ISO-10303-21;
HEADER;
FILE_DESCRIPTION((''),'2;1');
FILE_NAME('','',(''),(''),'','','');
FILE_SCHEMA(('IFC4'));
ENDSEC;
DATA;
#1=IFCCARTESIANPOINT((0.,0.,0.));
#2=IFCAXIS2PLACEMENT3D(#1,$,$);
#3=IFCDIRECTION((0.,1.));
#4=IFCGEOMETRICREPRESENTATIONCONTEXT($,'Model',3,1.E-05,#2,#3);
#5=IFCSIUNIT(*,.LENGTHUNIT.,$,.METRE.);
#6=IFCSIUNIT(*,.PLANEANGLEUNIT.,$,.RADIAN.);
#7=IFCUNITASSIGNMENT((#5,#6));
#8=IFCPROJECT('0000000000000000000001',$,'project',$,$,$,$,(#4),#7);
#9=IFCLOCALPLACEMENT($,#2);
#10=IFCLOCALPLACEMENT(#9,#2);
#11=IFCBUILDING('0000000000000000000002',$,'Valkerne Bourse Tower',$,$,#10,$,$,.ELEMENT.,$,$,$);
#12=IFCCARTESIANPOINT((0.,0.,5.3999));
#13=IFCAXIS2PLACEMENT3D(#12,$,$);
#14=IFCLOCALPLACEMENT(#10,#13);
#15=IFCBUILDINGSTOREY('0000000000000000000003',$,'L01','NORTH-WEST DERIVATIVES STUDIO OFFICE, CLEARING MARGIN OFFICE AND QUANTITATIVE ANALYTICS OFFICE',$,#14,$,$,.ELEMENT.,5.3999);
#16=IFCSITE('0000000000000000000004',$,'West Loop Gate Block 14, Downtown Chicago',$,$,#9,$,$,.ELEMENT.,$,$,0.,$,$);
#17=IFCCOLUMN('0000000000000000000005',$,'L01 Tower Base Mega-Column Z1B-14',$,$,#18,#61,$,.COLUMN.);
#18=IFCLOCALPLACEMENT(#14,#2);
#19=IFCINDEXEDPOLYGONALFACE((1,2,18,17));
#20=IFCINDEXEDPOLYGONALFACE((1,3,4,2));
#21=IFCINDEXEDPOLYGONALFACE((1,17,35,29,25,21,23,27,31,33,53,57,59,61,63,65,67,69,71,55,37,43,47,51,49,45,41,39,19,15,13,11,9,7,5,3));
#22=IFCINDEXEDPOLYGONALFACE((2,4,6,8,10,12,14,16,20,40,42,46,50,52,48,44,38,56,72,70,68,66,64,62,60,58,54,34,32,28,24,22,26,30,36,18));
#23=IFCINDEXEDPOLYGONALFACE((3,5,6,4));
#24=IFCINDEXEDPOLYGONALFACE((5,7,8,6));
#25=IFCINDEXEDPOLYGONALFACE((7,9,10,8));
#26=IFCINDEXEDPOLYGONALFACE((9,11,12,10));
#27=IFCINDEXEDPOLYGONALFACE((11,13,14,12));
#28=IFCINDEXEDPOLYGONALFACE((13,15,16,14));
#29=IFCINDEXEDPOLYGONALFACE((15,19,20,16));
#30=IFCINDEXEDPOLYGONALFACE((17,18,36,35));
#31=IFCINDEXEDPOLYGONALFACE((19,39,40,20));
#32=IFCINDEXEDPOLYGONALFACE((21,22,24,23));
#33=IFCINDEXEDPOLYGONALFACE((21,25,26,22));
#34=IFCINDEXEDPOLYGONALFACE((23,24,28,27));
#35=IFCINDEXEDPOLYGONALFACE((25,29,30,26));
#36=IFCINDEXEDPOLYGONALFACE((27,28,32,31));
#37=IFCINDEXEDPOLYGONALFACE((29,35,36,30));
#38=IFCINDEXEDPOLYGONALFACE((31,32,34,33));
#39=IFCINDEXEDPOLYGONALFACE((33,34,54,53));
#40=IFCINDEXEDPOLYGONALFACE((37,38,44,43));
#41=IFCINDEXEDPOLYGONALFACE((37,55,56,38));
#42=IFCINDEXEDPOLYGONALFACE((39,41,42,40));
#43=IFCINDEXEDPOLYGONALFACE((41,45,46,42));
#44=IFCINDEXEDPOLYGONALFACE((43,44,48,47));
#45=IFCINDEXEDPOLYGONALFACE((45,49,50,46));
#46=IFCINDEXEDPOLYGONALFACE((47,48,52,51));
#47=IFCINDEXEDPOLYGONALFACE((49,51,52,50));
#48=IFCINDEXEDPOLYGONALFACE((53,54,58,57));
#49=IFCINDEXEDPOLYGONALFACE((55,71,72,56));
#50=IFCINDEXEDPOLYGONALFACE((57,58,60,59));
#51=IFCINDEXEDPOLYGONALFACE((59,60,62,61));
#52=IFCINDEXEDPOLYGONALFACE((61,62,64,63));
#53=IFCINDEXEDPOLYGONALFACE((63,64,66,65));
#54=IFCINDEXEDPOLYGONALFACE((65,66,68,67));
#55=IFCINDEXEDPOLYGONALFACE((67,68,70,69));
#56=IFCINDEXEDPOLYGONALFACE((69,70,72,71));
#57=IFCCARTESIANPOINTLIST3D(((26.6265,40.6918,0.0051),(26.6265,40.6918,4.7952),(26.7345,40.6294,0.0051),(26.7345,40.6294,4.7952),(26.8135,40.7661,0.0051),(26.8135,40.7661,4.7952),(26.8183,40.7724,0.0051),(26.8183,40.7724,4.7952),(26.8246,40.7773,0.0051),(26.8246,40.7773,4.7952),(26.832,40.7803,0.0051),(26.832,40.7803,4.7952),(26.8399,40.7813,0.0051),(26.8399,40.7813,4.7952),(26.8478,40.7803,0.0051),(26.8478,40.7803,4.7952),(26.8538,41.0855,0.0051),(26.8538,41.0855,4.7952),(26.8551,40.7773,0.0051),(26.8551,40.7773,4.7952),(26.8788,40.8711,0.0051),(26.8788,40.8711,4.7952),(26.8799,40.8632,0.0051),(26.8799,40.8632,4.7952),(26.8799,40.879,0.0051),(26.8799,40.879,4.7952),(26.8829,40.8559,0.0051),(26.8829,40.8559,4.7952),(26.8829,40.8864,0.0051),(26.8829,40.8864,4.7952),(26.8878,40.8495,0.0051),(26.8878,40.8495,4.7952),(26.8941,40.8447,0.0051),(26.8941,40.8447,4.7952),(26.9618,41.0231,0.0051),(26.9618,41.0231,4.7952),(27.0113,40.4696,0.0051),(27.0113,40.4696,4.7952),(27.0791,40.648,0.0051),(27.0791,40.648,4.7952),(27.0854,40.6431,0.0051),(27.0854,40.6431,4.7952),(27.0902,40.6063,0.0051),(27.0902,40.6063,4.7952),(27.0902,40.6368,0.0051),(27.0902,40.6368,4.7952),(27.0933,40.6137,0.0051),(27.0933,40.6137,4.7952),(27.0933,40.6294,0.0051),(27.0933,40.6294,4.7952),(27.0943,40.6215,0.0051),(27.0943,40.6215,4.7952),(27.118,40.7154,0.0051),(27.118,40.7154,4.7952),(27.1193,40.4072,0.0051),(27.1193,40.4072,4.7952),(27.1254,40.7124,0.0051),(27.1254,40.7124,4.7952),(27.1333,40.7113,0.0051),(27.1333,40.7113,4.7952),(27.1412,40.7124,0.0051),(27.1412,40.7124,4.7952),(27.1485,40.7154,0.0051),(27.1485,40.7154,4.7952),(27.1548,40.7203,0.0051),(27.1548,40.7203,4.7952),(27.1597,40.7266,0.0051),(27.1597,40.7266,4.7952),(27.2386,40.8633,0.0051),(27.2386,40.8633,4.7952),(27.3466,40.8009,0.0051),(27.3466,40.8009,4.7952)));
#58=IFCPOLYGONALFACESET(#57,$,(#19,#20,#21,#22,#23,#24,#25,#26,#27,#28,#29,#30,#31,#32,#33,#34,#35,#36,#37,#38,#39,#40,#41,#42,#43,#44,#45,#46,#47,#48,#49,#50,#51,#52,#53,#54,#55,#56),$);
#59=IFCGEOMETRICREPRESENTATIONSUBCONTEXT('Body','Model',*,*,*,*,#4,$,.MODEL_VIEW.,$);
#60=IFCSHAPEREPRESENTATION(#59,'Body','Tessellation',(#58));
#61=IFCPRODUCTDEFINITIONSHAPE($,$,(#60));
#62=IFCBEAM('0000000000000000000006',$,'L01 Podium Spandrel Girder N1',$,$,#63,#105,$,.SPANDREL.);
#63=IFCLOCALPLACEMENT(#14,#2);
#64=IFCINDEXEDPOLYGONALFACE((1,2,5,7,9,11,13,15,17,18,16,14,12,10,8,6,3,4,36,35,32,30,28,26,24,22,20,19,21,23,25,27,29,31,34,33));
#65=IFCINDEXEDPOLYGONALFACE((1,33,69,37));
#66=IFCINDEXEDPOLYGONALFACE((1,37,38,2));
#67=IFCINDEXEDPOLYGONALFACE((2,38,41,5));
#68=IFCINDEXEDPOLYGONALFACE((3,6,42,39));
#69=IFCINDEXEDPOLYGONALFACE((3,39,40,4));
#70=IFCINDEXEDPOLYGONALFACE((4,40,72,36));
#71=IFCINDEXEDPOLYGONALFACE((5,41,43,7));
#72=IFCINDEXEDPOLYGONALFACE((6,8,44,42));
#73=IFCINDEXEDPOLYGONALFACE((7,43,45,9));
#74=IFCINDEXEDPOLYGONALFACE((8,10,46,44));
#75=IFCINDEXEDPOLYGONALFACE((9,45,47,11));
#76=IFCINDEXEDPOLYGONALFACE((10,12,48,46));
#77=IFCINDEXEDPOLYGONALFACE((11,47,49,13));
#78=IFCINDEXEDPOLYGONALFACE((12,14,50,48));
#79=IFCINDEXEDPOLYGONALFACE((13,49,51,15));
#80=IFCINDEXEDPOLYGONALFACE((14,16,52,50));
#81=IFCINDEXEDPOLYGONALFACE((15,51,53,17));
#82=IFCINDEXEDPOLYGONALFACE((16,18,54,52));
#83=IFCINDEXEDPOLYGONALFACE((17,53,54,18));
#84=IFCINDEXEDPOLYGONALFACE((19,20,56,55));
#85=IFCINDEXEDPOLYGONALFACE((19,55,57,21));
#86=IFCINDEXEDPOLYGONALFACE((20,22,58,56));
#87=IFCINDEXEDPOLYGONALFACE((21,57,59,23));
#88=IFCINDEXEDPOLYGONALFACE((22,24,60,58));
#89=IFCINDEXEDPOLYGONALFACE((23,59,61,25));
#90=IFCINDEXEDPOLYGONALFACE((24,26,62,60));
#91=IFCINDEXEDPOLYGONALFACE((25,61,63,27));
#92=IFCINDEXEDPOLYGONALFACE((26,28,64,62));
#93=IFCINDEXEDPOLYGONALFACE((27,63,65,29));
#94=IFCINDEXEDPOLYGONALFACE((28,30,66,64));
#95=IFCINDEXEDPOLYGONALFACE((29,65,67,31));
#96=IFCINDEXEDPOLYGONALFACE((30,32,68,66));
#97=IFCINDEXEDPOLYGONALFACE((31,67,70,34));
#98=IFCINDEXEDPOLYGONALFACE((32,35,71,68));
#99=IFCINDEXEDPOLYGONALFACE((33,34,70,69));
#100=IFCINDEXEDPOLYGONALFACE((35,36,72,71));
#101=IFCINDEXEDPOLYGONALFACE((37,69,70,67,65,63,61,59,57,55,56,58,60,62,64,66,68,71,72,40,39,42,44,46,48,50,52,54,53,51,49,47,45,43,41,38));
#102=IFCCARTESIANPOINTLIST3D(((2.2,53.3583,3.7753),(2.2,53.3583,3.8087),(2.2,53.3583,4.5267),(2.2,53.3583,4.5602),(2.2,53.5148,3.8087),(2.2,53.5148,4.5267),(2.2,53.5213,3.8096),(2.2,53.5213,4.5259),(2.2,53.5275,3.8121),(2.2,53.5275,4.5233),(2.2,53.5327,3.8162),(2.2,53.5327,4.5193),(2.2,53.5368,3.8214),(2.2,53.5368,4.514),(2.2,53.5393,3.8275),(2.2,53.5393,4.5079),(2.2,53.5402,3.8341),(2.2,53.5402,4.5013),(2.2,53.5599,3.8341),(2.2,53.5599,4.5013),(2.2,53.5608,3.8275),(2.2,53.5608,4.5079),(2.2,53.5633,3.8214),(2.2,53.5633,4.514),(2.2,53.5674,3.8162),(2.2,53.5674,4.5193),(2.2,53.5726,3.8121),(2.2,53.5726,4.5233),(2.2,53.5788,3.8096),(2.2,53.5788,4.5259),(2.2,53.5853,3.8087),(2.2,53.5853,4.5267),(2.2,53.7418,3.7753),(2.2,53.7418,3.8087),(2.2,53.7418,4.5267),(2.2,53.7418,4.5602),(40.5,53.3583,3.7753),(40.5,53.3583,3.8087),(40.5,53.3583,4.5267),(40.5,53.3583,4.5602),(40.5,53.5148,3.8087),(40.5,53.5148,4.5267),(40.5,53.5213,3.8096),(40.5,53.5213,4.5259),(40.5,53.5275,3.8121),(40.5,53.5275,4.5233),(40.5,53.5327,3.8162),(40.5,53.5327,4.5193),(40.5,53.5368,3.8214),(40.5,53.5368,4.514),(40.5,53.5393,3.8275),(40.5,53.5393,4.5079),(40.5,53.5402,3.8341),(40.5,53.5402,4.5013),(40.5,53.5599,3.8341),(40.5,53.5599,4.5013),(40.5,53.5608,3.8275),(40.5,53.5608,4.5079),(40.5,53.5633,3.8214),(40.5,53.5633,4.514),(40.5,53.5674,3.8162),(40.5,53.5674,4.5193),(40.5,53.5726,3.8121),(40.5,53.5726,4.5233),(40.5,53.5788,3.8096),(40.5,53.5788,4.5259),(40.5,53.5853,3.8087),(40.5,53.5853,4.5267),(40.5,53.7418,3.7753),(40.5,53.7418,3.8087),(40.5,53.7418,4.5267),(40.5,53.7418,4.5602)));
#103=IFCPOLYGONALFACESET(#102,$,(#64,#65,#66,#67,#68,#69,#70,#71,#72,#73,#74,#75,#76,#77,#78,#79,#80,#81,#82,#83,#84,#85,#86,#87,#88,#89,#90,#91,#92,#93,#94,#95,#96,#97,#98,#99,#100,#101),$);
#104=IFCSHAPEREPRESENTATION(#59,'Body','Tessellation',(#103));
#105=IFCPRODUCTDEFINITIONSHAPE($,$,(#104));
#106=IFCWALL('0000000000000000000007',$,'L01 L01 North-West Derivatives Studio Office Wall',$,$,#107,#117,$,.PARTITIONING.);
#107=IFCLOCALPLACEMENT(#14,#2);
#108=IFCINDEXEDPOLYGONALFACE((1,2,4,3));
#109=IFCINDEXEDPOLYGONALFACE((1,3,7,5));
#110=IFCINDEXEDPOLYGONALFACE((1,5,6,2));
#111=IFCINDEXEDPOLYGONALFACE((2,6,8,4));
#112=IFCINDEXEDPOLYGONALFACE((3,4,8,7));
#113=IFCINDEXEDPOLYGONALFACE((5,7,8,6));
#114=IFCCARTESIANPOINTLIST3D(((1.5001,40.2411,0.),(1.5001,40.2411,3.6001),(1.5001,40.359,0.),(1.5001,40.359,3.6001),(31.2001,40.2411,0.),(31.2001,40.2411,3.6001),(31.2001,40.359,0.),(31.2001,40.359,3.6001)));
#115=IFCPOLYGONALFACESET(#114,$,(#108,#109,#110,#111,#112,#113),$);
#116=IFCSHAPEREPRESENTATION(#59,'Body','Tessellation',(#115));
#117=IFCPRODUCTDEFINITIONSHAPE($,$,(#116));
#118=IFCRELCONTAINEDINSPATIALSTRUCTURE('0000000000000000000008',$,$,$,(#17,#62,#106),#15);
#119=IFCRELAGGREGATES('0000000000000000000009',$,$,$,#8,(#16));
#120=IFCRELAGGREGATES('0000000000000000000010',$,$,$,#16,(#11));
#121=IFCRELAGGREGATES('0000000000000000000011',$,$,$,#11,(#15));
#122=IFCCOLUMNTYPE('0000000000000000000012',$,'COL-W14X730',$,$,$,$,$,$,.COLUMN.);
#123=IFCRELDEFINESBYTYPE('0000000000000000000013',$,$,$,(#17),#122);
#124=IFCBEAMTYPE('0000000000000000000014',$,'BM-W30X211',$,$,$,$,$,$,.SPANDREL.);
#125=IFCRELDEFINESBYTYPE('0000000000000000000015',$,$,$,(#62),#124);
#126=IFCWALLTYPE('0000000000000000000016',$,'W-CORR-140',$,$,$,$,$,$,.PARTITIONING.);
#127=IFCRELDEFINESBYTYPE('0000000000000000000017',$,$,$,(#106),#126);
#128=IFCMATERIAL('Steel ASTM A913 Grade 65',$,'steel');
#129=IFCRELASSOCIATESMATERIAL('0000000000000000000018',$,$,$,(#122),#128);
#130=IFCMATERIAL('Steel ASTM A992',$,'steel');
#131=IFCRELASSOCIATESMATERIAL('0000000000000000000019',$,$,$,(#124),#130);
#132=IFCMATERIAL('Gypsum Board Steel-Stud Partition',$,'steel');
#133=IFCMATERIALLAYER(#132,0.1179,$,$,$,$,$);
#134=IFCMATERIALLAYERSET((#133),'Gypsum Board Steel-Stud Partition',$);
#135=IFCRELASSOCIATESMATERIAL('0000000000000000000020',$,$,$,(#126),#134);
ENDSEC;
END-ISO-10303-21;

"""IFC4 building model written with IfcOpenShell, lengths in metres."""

from ifc_helpers import new_model, si_unit, direction, frame, frame_2d, origin, origin_2d, place, context, subcontext, project, spatial, rectangle, i_section, extrude, material, layer, layer_set, material_profile, profile_set, type_object, element, save


model = new_model("IFC4")

# Units and contexts
model_context = context("Model", 3, precision=1e-05, world=origin(), true_north=direction((0.0, 1.0)))
body_context = subcontext(model_context, "Body", "Model", "MODEL_VIEW")
ifc_project = project(units=[si_unit("LENGTHUNIT", "METRE"), si_unit("PLANEANGLEUNIT", "RADIAN")], contexts=[model_context])

# Site, building, storey
site_placement = place(None, origin())
site = spatial("IfcSite", under=ifc_project, at=site_placement, Name="West Loop Gate Block 14, Downtown Chicago", CompositionType="ELEMENT", RefElevation=0.0)
building_placement = place(site_placement, origin())
building = spatial("IfcBuilding", under=site, at=building_placement, Name="Valkerne Bourse Tower", CompositionType="ELEMENT")
storey_placement = place(building_placement, frame((0.0, 0.0, 5.3999)))
storey = spatial("IfcBuildingStorey", under=building, at=storey_placement, Name="L01", Description="NORTH-WEST DERIVATIVES STUDIO OFFICE, CLEARING MARGIN OFFICE AND QUANTITATIVE ANALYTICS OFFICE", CompositionType="ELEMENT", Elevation=5.3999)

# Column
ifc_material_1 = material(Name="Steel ASTM A913 Grade 65", Category="steel")
ifc_material_profile_1 = material_profile(ifc_material_1, i_section(OverallWidth=0.4546, OverallDepth=0.5691, WebThickness=0.0779, FlangeThickness=0.1248, FilletRadius=0.0305, at=origin_2d()), Name="W14X730")
ifc_profile_set_1 = profile_set([ifc_material_profile_1], Name="Steel ASTM A913 Grade 65")
column_type_1 = type_object("IfcColumnType", Name="COL-W14X730", PredefinedType="COLUMN", material=ifc_profile_set_1)
for number, where, z_axis, x_axis, name in (
    (1, (26.9866, 40.7463, 0.0051), (0.0, 0.0, 1.0), (-0.5, -0.866025, 0.0), "L01 Tower Base Mega-Column Z1B-14"),
):
    element("IfcColumn", number, at=place(storey_placement, frame(where, z_axis=z_axis, x_axis=x_axis)), inside=storey, type_object=column_type_1, Name=name, PredefinedType="COLUMN", context=body_context, shape_type="SweptSolid", body=[
        extrude(i_section(OverallWidth=0.4546, OverallDepth=0.5691, WebThickness=0.0779, FlangeThickness=0.1248, FilletRadius=0.0305, at=origin_2d()), origin(), (0.0, 0.0, 1.0), 4.79),
    ])

# Beam
ifc_material_2 = material(Name="Steel ASTM A992", Category="steel")
ifc_material_profile_2 = material_profile(ifc_material_2, i_section(OverallWidth=0.3835, OverallDepth=0.7849, WebThickness=0.0198, FlangeThickness=0.0334, FilletRadius=0.0254, at=origin_2d()), Name="W30X211")
ifc_profile_set_2 = profile_set([ifc_material_profile_2], Name="Steel ASTM A992")
beam_type = type_object("IfcBeamType", Name="BM-W30X211", PredefinedType="SPANDREL", material=ifc_profile_set_2)
beam_placement = place(storey_placement, frame((2.2, 53.55, 4.1677), z_axis=(1.0, 0.0, 0.0), x_axis=(0.0, 1.0, 0.0)))
element("IfcBeam", 2, at=beam_placement, inside=storey, type_object=beam_type, Name="L01 Podium Spandrel Girder N1", PredefinedType="SPANDREL", context=body_context, shape_type="SweptSolid", body=[
    extrude(i_section(OverallWidth=0.3835, OverallDepth=0.7849, WebThickness=0.0198, FlangeThickness=0.0334, FilletRadius=0.0254, at=origin_2d()), origin(), (0.0, 0.0, 1.0), 38.3),
])

# Wall
ifc_material_3 = material(Name="Gypsum Board Steel-Stud Partition", Category="steel")
ifc_layer_1 = layer(ifc_material_3, 0.1179)
ifc_layer_set_1 = layer_set([ifc_layer_1], Name="Gypsum Board Steel-Stud Partition")
wall_type_1 = type_object("IfcWallType", Name="W-CORR-140", PredefinedType="PARTITIONING", material=ifc_layer_set_1)
wall_1_placement = place(storey_placement, frame((1.5, 40.3, 0.0), z_axis=(0.0, 0.0, 1.0), x_axis=(1.0, 0.0, 0.0)))
element("IfcWall", 3, at=wall_1_placement, inside=storey, type_object=wall_type_1, Name="L01 L01 North-West Derivatives Studio Office Wall", PredefinedType="PARTITIONING", context=body_context, shape_type="SweptSolid", body=[
    extrude(rectangle(XDim=29.7, YDim=0.1179, at=frame_2d((14.8501, 0.0))), origin(), (0.0, 0.0, 1.0), 3.6001),
])

save(model, "model.ifc")
